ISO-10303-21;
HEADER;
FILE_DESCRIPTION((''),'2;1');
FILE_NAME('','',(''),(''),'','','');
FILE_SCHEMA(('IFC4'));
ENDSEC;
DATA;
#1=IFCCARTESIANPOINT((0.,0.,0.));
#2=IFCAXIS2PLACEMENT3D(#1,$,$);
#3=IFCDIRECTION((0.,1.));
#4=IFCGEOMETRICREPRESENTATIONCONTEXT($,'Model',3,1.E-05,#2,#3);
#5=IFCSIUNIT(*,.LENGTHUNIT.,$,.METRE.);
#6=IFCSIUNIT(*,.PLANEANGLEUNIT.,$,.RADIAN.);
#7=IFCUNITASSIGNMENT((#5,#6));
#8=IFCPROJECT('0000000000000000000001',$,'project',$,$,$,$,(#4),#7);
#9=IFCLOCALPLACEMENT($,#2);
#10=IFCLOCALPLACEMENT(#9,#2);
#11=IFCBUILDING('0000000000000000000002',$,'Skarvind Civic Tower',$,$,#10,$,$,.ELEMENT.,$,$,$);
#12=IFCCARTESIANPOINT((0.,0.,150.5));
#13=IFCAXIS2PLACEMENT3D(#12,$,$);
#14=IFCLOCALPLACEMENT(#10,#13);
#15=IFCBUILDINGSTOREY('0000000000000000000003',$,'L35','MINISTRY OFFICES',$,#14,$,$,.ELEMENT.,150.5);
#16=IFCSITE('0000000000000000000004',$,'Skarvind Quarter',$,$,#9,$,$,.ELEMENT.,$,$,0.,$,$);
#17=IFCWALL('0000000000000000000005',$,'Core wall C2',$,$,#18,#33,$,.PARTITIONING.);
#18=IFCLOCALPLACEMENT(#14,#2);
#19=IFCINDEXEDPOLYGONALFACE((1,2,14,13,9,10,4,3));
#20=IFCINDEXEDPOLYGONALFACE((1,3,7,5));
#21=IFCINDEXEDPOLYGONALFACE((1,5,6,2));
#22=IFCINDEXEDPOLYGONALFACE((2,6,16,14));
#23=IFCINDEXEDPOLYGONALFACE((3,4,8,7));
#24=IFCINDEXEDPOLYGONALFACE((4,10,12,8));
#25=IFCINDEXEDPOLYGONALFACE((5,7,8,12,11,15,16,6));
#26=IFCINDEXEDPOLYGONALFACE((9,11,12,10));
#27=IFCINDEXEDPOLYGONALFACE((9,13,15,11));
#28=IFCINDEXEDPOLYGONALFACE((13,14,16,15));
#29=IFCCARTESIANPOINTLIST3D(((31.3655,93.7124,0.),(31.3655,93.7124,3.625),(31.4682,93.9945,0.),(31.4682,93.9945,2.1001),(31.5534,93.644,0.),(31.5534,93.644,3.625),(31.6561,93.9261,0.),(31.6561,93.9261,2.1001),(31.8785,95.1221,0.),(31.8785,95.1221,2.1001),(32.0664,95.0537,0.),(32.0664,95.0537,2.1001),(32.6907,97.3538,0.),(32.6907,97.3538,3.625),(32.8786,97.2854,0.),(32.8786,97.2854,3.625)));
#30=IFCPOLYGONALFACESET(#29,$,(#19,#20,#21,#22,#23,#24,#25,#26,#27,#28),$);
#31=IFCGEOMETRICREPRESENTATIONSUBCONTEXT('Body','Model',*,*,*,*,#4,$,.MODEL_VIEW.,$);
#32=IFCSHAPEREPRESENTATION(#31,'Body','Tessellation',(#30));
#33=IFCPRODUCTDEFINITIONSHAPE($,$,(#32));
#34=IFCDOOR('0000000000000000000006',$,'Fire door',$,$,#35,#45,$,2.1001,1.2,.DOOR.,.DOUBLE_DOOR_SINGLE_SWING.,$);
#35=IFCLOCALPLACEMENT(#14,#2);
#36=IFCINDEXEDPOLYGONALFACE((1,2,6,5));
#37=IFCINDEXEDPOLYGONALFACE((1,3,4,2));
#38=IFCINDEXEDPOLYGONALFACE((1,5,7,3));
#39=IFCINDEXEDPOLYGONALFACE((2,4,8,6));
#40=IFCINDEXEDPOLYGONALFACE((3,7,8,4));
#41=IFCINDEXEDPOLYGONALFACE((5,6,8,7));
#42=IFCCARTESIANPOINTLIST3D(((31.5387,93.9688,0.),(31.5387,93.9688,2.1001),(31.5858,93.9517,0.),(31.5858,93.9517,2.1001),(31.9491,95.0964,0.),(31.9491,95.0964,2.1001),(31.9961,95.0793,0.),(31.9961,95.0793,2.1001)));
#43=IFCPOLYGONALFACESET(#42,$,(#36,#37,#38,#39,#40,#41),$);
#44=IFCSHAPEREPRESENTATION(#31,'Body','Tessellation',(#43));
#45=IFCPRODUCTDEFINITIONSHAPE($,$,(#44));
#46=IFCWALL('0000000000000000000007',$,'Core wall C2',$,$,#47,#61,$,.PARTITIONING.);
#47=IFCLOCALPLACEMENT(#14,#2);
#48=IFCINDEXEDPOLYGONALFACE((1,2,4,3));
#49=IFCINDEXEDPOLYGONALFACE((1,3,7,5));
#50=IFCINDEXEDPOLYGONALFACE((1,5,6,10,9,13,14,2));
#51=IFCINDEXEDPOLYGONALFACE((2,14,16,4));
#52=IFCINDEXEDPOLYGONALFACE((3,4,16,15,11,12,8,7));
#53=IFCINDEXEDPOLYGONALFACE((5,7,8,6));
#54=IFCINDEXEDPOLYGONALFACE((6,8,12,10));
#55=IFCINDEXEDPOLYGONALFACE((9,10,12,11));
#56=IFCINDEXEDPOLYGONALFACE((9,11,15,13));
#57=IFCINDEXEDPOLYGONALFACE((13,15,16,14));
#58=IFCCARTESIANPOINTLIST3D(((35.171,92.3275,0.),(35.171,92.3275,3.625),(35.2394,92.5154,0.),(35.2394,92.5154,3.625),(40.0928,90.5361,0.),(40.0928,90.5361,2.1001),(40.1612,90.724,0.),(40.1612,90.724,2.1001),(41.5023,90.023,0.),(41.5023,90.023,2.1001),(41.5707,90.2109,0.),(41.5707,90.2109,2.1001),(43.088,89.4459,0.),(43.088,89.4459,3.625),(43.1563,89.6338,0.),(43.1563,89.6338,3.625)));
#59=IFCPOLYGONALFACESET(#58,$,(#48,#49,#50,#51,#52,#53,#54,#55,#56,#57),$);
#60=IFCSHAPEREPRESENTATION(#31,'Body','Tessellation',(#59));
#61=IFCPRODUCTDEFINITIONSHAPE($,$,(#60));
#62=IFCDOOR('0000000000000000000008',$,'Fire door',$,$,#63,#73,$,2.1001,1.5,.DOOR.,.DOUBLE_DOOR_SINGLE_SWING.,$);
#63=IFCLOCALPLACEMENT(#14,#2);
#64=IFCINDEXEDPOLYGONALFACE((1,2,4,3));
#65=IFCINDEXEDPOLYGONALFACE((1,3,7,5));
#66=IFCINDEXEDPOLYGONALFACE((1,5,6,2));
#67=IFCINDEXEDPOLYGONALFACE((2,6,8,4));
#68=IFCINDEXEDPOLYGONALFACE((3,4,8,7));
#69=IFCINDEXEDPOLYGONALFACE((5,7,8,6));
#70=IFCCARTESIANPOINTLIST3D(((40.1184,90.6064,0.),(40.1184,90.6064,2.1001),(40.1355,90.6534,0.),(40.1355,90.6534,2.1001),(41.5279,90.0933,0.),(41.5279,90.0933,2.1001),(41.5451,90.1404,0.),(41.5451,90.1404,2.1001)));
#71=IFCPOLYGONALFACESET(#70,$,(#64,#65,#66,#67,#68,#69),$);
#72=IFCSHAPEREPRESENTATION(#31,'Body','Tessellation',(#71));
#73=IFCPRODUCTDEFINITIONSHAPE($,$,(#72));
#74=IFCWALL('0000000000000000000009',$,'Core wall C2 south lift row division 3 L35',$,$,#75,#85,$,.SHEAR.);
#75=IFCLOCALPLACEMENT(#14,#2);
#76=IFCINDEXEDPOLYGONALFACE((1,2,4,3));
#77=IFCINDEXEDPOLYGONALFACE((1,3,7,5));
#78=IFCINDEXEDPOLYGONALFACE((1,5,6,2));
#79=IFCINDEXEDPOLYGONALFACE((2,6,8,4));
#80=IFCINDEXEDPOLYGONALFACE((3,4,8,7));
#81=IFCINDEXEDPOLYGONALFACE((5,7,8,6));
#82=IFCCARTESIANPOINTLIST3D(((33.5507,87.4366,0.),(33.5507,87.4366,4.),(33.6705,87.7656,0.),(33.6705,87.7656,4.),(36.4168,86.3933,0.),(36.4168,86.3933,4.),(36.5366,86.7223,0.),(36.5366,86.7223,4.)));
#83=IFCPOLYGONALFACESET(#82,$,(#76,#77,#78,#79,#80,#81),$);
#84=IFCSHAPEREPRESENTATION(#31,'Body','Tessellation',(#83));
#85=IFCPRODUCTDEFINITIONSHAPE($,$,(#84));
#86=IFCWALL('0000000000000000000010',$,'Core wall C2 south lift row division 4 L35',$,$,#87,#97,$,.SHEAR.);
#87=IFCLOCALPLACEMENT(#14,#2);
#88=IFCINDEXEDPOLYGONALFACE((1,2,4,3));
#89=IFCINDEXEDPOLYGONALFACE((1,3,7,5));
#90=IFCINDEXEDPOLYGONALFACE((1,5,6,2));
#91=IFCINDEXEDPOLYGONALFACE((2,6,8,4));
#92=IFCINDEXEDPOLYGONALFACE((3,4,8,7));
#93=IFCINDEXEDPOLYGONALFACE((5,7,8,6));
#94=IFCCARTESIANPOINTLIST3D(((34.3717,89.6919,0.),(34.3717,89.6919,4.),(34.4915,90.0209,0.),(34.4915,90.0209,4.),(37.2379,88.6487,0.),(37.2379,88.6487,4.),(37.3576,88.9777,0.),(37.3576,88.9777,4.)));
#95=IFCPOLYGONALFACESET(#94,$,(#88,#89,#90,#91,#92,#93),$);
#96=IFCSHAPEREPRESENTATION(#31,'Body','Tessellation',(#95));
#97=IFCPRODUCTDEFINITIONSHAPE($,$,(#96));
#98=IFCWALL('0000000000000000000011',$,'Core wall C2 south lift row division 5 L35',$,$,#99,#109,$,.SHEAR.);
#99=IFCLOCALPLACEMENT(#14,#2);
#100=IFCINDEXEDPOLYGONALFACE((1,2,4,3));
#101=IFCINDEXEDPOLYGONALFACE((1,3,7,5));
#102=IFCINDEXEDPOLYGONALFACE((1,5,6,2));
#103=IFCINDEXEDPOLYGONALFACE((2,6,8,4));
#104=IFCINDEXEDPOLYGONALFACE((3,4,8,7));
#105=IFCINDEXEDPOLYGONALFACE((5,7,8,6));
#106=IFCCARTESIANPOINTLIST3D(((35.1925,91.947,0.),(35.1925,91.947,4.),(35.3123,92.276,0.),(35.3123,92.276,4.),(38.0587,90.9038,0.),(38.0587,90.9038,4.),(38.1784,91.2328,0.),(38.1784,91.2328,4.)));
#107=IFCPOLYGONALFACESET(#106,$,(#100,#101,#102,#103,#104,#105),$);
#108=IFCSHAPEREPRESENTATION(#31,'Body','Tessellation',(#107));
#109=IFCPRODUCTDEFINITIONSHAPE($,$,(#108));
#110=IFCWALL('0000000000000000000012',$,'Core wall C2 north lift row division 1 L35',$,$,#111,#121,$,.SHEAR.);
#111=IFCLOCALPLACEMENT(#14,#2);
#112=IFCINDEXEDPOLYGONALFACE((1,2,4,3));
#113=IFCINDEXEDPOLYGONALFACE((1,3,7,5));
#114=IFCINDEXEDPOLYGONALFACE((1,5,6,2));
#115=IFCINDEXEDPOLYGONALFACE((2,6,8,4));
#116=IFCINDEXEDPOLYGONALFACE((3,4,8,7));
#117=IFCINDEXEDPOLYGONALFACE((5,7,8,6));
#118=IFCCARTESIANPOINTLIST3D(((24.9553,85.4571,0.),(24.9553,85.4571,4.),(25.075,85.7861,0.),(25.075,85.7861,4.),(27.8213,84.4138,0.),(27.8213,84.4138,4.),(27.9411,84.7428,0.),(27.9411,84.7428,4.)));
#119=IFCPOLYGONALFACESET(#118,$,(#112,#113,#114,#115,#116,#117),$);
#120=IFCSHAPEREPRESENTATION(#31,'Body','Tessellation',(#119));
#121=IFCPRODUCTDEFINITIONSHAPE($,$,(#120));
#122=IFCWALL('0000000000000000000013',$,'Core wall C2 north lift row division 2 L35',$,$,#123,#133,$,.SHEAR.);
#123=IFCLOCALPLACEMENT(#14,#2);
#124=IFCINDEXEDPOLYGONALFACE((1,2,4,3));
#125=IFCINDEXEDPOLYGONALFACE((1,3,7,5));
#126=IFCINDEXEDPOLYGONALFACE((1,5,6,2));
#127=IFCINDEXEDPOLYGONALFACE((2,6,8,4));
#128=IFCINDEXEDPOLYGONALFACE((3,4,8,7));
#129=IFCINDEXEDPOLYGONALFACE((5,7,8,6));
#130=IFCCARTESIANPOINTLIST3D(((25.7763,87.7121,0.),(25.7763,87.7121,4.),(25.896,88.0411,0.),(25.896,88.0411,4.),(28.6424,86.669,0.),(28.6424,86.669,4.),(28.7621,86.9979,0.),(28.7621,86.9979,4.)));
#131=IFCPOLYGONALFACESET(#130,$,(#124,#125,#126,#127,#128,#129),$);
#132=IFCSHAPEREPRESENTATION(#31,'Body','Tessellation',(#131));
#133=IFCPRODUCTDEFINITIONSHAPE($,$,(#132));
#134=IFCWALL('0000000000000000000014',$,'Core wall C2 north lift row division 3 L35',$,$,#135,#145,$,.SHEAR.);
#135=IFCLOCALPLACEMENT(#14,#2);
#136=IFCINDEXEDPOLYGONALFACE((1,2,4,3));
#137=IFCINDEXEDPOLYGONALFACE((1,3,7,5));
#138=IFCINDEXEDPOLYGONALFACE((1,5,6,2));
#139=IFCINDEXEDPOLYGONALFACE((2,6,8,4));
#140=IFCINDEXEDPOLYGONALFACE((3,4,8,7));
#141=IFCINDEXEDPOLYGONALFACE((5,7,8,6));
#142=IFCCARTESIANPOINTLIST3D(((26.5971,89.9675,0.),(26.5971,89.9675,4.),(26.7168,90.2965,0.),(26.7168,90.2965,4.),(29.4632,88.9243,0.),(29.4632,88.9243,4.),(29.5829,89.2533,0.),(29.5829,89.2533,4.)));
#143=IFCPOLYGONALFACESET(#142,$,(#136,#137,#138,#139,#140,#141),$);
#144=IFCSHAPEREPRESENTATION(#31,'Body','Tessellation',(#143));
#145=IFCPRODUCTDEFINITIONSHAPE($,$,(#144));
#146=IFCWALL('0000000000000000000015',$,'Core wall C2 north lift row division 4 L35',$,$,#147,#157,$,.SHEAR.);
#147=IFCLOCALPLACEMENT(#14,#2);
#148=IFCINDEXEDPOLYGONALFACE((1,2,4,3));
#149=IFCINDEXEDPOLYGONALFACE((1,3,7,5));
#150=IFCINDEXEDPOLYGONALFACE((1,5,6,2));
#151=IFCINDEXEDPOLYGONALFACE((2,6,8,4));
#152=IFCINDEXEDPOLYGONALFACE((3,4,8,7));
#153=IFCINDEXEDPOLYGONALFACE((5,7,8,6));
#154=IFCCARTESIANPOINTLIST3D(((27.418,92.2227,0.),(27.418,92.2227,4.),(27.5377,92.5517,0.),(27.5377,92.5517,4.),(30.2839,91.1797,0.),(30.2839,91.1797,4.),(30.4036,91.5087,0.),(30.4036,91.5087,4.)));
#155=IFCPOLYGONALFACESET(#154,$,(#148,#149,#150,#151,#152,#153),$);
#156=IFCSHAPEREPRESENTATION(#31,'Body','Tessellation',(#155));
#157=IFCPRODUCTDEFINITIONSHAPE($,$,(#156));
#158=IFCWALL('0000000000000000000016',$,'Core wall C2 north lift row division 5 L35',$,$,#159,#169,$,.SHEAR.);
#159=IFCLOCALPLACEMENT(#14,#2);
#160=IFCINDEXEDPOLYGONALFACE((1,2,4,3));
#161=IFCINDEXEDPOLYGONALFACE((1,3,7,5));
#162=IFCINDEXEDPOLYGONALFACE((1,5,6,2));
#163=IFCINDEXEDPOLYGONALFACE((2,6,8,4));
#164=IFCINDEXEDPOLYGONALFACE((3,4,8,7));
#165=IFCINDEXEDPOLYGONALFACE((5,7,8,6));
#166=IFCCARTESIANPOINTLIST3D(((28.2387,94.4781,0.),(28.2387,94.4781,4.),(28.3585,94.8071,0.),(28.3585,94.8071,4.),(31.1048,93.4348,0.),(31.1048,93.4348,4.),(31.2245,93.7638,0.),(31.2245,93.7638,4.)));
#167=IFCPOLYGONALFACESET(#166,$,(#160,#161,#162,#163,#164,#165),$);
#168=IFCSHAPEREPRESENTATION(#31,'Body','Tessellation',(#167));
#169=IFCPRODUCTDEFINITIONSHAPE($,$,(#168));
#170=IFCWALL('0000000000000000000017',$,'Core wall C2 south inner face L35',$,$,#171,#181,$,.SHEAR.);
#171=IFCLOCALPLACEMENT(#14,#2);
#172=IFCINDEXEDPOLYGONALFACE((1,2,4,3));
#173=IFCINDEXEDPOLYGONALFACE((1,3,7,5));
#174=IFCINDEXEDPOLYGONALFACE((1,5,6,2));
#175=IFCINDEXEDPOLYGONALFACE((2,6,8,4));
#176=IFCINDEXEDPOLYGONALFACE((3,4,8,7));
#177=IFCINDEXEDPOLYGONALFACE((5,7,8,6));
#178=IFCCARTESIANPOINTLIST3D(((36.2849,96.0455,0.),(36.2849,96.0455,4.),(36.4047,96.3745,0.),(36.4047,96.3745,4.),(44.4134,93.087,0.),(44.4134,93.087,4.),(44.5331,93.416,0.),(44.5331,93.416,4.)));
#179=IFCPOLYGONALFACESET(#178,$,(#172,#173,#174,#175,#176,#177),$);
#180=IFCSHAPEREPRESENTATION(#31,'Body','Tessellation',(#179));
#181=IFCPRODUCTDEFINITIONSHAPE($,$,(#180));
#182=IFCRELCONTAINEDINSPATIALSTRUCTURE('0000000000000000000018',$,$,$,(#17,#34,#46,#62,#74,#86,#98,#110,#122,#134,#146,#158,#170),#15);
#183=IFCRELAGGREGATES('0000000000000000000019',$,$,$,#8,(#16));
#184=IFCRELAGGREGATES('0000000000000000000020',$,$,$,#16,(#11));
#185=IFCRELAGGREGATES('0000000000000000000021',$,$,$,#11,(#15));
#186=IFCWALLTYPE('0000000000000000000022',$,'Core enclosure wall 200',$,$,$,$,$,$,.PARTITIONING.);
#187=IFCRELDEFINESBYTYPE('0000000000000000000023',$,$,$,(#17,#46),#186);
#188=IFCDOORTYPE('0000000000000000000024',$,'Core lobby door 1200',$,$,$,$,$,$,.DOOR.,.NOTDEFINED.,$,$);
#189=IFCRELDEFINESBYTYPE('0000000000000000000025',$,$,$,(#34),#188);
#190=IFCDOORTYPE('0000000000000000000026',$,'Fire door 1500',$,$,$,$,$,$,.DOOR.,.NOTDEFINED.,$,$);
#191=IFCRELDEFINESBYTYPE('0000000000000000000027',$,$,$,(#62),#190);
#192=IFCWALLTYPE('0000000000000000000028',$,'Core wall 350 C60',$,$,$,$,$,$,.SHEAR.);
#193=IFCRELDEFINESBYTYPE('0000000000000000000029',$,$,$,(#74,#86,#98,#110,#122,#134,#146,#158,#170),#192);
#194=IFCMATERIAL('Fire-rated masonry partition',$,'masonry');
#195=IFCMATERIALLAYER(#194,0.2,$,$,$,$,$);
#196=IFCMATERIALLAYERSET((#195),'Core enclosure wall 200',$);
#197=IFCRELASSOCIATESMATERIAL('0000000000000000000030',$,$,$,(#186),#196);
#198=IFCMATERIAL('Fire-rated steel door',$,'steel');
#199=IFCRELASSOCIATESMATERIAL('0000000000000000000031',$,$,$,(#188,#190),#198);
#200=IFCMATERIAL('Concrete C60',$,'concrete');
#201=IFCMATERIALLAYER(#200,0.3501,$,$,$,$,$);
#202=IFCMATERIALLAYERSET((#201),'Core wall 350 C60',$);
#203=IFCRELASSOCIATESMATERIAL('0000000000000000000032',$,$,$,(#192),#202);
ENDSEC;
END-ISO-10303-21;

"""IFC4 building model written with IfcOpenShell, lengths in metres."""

from ifc_helpers import new_model, si_unit, direction, frame, frame_2d, origin, place, context, subcontext, project, spatial, rectangle, extrude, material, layer, layer_set, type_object, element, fill, save


model = new_model("IFC4")

# Units and contexts
model_context = context("Model", 3, precision=1e-05, world=origin(), true_north=direction((0.0, 1.0)))
body_context = subcontext(model_context, "Body", "Model", "MODEL_VIEW")
ifc_project = project(units=[si_unit("LENGTHUNIT", "METRE"), si_unit("PLANEANGLEUNIT", "RADIAN")], contexts=[model_context])

# Site, building, storey
site_placement = place(None, origin())
site = spatial("IfcSite", under=ifc_project, at=site_placement, Name="Skarvind Quarter", CompositionType="ELEMENT", RefElevation=0.0)
building_placement = place(site_placement, origin())
building = spatial("IfcBuilding", under=site, at=building_placement, Name="Skarvind Civic Tower", CompositionType="ELEMENT")
storey_placement = place(building_placement, frame((0.0, 0.0, 150.5)))
storey = spatial("IfcBuildingStorey", under=building, at=storey_placement, Name="L35", Description="MINISTRY OFFICES", CompositionType="ELEMENT", Elevation=150.5)

# Walls, openings, doors
ifc_material_1 = material(Name="Fire-rated masonry partition", Category="masonry")
ifc_layer_1 = layer(ifc_material_1, 0.2)
ifc_layer_set_1 = layer_set([ifc_layer_1], Name="Core enclosure wall 200")
wall_type_1 = type_object("IfcWallType", Name="Core enclosure wall 200", PredefinedType="PARTITIONING", material=ifc_layer_set_1)
wall_1_placement = place(storey_placement, frame((31.4595, 93.6782, 0.0), z_axis=(0.0, 0.0, 1.0), x_axis=(0.341986, 0.939705, 0.0)))
wall_1 = element("IfcWall", 1, at=wall_1_placement, inside=storey, type_object=wall_type_1, Name="Core wall C2", PredefinedType="PARTITIONING", context=body_context, shape_type="SweptSolid", body=[
    extrude(rectangle(XDim=3.875, YDim=0.2, at=frame_2d((1.9375, 0.0))), origin(), (0.0, 0.0, 1.0), 3.625),
])
opening_1_placement = place(wall_1_placement, frame((0.3, 0.0, 0.0)))
opening_1 = element("IfcOpeningElement", 2, at=opening_1_placement, cuts=wall_1, PredefinedType="OPENING", context=body_context, shape_type="SweptSolid", body=[
    extrude(rectangle(XDim=1.2, YDim=2.1001, at=frame_2d((0.6001, 1.05))), frame((0.0, 0.1099, 0.0), z_axis=(0.0, -1.0, 0.0), x_axis=(1.0, 0.0, 0.0)), (0.0, 0.0, 1.0), 0.22),
])
ifc_material_2 = material(Name="Fire-rated steel door", Category="steel")
door_type_1 = type_object("IfcDoorType", Name="Core lobby door 1200", OperationType="NOTDEFINED", PredefinedType="DOOR", material=ifc_material_2)
door_1_placement = place(opening_1_placement, origin())
door_1 = element("IfcDoor", 3, at=door_1_placement, inside=storey, type_object=door_type_1, Name="Fire door", OperationType="DOUBLE_DOOR_SINGLE_SWING", OverallHeight=2.1001, OverallWidth=1.2, PredefinedType="DOOR", context=body_context, shape_type="SweptSolid", body=[
    extrude(rectangle(XDim=1.2, YDim=2.1001, at=frame_2d((0.6001, 1.05))), frame((0.0, 0.0249, 0.0), z_axis=(0.0, -1.0, 0.0), x_axis=(1.0, 0.0, 0.0)), (0.0, 0.0, 1.0), 0.05),
])
fill(opening_1, door_1)
wall_2_placement = place(storey_placement, frame((35.2053, 92.4214, 0.0), z_axis=(0.0, 0.0, 1.0), x_axis=(0.939691, -0.342025, 0.0)))
wall_2 = element("IfcWall", 4, at=wall_2_placement, inside=storey, type_object=wall_type_1, Name="Core wall C2", PredefinedType="PARTITIONING", context=body_context, shape_type="SweptSolid", body=[
    extrude(rectangle(XDim=8.425, YDim=0.2, at=frame_2d((4.2124, 0.0))), origin(), (0.0, 0.0, 1.0), 3.625),
])
opening_2_placement = place(wall_2_placement, frame((5.2375, 0.0, 0.0)))
opening_2 = element("IfcOpeningElement", 5, at=opening_2_placement, cuts=wall_2, PredefinedType="OPENING", context=body_context, shape_type="SweptSolid", body=[
    extrude(rectangle(XDim=1.5, YDim=2.1001, at=frame_2d((0.75, 1.05))), frame((0.0, 0.1099, 0.0), z_axis=(0.0, -1.0, 0.0), x_axis=(1.0, 0.0, 0.0)), (0.0, 0.0, 1.0), 0.22),
])
door_type_2 = type_object("IfcDoorType", Name="Fire door 1500", OperationType="NOTDEFINED", PredefinedType="DOOR", material=ifc_material_2)
door_2_placement = place(opening_2_placement, origin())
door_2 = element("IfcDoor", 6, at=door_2_placement, inside=storey, type_object=door_type_2, Name="Fire door", OperationType="DOUBLE_DOOR_SINGLE_SWING", OverallHeight=2.1001, OverallWidth=1.5, PredefinedType="DOOR", context=body_context, shape_type="SweptSolid", body=[
    extrude(rectangle(XDim=1.5, YDim=2.1001, at=frame_2d((0.75, 1.05))), frame((0.0, 0.0249, 0.0), z_axis=(0.0, -1.0, 0.0), x_axis=(1.0, 0.0, 0.0)), (0.0, 0.0, 1.0), 0.05),
])
fill(opening_2, door_2)

# Walls
ifc_material_3 = material(Name="Concrete C60", Category="concrete")
ifc_layer_2 = layer(ifc_material_3, 0.3501)
ifc_layer_set_2 = layer_set([ifc_layer_2], Name="Core wall 350 C60")
wall_type_2 = type_object("IfcWallType", Name="Core wall 350 C60", PredefinedType="SHEAR", material=ifc_layer_set_2)
for number, where, z_axis, x_axis, name in (
    (7, (36.4766, 86.5579, 0.0), (0.0, 0.0, 1.0), (-0.939684, 0.342045, 0.0), "Core wall C2 south lift row division 3 L35"),
    (8, (37.2976, 88.8132, 0.0), (0.0, 0.0, 1.0), (-0.939693, 0.342019, 0.0), "Core wall C2 south lift row division 4 L35"),
    (9, (38.1184, 91.0684, 0.0), (0.0, 0.0, 1.0), (-0.939693, 0.342019, 0.0), "Core wall C2 south lift row division 5 L35"),
    (10, (27.8811, 84.5784, 0.0), (0.0, 0.0, 1.0), (-0.939684, 0.342045, 0.0), "Core wall C2 north lift row division 1 L35"),
    (11, (28.7021, 86.8335, 0.0), (0.0, 0.0, 1.0), (-0.939693, 0.342019, 0.0), "Core wall C2 north lift row division 2 L35"),
    (12, (29.5229, 89.0889, 0.0), (0.0, 0.0, 1.0), (-0.939693, 0.342019, 0.0), "Core wall C2 north lift row division 3 L35"),
):
    element("IfcWall", number, at=place(storey_placement, frame(where, z_axis=z_axis, x_axis=x_axis)), inside=storey, type_object=wall_type_2, Name=name, PredefinedType="SHEAR", context=body_context, shape_type="SweptSolid", body=[
        extrude(rectangle(XDim=3.05, YDim=0.3501, at=frame_2d((1.5249, 0.0))), origin(), (0.0, 0.0, 1.0), 4.0),
    ])
wall_3_placement = place(storey_placement, frame((30.3438, 91.3442, 0.0), z_axis=(0.0, 0.0, 1.0), x_axis=(-0.939709, 0.341974, 0.0)))
element("IfcWall", 13, at=wall_3_placement, inside=storey, type_object=wall_type_2, Name="Core wall C2 north lift row division 4 L35", PredefinedType="SHEAR", context=body_context, shape_type="SweptSolid", body=[
    extrude(rectangle(XDim=3.0498, YDim=0.3501, at=frame_2d((1.5249, 0.0))), origin(), (0.0, 0.0, 1.0), 4.0),
])
wall_4_placement = place(storey_placement, frame((31.1646, 93.5994, 0.0), z_axis=(0.0, 0.0, 1.0), x_axis=(-0.939684, 0.342045, 0.0)))
element("IfcWall", 14, at=wall_4_placement, inside=storey, type_object=wall_type_2, Name="Core wall C2 north lift row division 5 L35", PredefinedType="SHEAR", context=body_context, shape_type="SweptSolid", body=[
    extrude(rectangle(XDim=3.05, YDim=0.3501, at=frame_2d((1.5249, 0.0))), origin(), (0.0, 0.0, 1.0), 4.0),
])
wall_5_placement = place(storey_placement, frame((44.4734, 93.2515, 0.0), z_axis=(0.0, 0.0, 1.0), x_axis=(-0.939693, 0.34202, 0.0)))
element("IfcWall", 15, at=wall_5_placement, inside=storey, type_object=wall_type_2, Name="Core wall C2 south inner face L35", PredefinedType="SHEAR", context=body_context, shape_type="SweptSolid", body=[
    extrude(rectangle(XDim=8.6501, YDim=0.3501, at=frame_2d((4.3252, 0.0))), origin(), (0.0, 0.0, 1.0), 4.0),
])

save(model, "model.ifc")
